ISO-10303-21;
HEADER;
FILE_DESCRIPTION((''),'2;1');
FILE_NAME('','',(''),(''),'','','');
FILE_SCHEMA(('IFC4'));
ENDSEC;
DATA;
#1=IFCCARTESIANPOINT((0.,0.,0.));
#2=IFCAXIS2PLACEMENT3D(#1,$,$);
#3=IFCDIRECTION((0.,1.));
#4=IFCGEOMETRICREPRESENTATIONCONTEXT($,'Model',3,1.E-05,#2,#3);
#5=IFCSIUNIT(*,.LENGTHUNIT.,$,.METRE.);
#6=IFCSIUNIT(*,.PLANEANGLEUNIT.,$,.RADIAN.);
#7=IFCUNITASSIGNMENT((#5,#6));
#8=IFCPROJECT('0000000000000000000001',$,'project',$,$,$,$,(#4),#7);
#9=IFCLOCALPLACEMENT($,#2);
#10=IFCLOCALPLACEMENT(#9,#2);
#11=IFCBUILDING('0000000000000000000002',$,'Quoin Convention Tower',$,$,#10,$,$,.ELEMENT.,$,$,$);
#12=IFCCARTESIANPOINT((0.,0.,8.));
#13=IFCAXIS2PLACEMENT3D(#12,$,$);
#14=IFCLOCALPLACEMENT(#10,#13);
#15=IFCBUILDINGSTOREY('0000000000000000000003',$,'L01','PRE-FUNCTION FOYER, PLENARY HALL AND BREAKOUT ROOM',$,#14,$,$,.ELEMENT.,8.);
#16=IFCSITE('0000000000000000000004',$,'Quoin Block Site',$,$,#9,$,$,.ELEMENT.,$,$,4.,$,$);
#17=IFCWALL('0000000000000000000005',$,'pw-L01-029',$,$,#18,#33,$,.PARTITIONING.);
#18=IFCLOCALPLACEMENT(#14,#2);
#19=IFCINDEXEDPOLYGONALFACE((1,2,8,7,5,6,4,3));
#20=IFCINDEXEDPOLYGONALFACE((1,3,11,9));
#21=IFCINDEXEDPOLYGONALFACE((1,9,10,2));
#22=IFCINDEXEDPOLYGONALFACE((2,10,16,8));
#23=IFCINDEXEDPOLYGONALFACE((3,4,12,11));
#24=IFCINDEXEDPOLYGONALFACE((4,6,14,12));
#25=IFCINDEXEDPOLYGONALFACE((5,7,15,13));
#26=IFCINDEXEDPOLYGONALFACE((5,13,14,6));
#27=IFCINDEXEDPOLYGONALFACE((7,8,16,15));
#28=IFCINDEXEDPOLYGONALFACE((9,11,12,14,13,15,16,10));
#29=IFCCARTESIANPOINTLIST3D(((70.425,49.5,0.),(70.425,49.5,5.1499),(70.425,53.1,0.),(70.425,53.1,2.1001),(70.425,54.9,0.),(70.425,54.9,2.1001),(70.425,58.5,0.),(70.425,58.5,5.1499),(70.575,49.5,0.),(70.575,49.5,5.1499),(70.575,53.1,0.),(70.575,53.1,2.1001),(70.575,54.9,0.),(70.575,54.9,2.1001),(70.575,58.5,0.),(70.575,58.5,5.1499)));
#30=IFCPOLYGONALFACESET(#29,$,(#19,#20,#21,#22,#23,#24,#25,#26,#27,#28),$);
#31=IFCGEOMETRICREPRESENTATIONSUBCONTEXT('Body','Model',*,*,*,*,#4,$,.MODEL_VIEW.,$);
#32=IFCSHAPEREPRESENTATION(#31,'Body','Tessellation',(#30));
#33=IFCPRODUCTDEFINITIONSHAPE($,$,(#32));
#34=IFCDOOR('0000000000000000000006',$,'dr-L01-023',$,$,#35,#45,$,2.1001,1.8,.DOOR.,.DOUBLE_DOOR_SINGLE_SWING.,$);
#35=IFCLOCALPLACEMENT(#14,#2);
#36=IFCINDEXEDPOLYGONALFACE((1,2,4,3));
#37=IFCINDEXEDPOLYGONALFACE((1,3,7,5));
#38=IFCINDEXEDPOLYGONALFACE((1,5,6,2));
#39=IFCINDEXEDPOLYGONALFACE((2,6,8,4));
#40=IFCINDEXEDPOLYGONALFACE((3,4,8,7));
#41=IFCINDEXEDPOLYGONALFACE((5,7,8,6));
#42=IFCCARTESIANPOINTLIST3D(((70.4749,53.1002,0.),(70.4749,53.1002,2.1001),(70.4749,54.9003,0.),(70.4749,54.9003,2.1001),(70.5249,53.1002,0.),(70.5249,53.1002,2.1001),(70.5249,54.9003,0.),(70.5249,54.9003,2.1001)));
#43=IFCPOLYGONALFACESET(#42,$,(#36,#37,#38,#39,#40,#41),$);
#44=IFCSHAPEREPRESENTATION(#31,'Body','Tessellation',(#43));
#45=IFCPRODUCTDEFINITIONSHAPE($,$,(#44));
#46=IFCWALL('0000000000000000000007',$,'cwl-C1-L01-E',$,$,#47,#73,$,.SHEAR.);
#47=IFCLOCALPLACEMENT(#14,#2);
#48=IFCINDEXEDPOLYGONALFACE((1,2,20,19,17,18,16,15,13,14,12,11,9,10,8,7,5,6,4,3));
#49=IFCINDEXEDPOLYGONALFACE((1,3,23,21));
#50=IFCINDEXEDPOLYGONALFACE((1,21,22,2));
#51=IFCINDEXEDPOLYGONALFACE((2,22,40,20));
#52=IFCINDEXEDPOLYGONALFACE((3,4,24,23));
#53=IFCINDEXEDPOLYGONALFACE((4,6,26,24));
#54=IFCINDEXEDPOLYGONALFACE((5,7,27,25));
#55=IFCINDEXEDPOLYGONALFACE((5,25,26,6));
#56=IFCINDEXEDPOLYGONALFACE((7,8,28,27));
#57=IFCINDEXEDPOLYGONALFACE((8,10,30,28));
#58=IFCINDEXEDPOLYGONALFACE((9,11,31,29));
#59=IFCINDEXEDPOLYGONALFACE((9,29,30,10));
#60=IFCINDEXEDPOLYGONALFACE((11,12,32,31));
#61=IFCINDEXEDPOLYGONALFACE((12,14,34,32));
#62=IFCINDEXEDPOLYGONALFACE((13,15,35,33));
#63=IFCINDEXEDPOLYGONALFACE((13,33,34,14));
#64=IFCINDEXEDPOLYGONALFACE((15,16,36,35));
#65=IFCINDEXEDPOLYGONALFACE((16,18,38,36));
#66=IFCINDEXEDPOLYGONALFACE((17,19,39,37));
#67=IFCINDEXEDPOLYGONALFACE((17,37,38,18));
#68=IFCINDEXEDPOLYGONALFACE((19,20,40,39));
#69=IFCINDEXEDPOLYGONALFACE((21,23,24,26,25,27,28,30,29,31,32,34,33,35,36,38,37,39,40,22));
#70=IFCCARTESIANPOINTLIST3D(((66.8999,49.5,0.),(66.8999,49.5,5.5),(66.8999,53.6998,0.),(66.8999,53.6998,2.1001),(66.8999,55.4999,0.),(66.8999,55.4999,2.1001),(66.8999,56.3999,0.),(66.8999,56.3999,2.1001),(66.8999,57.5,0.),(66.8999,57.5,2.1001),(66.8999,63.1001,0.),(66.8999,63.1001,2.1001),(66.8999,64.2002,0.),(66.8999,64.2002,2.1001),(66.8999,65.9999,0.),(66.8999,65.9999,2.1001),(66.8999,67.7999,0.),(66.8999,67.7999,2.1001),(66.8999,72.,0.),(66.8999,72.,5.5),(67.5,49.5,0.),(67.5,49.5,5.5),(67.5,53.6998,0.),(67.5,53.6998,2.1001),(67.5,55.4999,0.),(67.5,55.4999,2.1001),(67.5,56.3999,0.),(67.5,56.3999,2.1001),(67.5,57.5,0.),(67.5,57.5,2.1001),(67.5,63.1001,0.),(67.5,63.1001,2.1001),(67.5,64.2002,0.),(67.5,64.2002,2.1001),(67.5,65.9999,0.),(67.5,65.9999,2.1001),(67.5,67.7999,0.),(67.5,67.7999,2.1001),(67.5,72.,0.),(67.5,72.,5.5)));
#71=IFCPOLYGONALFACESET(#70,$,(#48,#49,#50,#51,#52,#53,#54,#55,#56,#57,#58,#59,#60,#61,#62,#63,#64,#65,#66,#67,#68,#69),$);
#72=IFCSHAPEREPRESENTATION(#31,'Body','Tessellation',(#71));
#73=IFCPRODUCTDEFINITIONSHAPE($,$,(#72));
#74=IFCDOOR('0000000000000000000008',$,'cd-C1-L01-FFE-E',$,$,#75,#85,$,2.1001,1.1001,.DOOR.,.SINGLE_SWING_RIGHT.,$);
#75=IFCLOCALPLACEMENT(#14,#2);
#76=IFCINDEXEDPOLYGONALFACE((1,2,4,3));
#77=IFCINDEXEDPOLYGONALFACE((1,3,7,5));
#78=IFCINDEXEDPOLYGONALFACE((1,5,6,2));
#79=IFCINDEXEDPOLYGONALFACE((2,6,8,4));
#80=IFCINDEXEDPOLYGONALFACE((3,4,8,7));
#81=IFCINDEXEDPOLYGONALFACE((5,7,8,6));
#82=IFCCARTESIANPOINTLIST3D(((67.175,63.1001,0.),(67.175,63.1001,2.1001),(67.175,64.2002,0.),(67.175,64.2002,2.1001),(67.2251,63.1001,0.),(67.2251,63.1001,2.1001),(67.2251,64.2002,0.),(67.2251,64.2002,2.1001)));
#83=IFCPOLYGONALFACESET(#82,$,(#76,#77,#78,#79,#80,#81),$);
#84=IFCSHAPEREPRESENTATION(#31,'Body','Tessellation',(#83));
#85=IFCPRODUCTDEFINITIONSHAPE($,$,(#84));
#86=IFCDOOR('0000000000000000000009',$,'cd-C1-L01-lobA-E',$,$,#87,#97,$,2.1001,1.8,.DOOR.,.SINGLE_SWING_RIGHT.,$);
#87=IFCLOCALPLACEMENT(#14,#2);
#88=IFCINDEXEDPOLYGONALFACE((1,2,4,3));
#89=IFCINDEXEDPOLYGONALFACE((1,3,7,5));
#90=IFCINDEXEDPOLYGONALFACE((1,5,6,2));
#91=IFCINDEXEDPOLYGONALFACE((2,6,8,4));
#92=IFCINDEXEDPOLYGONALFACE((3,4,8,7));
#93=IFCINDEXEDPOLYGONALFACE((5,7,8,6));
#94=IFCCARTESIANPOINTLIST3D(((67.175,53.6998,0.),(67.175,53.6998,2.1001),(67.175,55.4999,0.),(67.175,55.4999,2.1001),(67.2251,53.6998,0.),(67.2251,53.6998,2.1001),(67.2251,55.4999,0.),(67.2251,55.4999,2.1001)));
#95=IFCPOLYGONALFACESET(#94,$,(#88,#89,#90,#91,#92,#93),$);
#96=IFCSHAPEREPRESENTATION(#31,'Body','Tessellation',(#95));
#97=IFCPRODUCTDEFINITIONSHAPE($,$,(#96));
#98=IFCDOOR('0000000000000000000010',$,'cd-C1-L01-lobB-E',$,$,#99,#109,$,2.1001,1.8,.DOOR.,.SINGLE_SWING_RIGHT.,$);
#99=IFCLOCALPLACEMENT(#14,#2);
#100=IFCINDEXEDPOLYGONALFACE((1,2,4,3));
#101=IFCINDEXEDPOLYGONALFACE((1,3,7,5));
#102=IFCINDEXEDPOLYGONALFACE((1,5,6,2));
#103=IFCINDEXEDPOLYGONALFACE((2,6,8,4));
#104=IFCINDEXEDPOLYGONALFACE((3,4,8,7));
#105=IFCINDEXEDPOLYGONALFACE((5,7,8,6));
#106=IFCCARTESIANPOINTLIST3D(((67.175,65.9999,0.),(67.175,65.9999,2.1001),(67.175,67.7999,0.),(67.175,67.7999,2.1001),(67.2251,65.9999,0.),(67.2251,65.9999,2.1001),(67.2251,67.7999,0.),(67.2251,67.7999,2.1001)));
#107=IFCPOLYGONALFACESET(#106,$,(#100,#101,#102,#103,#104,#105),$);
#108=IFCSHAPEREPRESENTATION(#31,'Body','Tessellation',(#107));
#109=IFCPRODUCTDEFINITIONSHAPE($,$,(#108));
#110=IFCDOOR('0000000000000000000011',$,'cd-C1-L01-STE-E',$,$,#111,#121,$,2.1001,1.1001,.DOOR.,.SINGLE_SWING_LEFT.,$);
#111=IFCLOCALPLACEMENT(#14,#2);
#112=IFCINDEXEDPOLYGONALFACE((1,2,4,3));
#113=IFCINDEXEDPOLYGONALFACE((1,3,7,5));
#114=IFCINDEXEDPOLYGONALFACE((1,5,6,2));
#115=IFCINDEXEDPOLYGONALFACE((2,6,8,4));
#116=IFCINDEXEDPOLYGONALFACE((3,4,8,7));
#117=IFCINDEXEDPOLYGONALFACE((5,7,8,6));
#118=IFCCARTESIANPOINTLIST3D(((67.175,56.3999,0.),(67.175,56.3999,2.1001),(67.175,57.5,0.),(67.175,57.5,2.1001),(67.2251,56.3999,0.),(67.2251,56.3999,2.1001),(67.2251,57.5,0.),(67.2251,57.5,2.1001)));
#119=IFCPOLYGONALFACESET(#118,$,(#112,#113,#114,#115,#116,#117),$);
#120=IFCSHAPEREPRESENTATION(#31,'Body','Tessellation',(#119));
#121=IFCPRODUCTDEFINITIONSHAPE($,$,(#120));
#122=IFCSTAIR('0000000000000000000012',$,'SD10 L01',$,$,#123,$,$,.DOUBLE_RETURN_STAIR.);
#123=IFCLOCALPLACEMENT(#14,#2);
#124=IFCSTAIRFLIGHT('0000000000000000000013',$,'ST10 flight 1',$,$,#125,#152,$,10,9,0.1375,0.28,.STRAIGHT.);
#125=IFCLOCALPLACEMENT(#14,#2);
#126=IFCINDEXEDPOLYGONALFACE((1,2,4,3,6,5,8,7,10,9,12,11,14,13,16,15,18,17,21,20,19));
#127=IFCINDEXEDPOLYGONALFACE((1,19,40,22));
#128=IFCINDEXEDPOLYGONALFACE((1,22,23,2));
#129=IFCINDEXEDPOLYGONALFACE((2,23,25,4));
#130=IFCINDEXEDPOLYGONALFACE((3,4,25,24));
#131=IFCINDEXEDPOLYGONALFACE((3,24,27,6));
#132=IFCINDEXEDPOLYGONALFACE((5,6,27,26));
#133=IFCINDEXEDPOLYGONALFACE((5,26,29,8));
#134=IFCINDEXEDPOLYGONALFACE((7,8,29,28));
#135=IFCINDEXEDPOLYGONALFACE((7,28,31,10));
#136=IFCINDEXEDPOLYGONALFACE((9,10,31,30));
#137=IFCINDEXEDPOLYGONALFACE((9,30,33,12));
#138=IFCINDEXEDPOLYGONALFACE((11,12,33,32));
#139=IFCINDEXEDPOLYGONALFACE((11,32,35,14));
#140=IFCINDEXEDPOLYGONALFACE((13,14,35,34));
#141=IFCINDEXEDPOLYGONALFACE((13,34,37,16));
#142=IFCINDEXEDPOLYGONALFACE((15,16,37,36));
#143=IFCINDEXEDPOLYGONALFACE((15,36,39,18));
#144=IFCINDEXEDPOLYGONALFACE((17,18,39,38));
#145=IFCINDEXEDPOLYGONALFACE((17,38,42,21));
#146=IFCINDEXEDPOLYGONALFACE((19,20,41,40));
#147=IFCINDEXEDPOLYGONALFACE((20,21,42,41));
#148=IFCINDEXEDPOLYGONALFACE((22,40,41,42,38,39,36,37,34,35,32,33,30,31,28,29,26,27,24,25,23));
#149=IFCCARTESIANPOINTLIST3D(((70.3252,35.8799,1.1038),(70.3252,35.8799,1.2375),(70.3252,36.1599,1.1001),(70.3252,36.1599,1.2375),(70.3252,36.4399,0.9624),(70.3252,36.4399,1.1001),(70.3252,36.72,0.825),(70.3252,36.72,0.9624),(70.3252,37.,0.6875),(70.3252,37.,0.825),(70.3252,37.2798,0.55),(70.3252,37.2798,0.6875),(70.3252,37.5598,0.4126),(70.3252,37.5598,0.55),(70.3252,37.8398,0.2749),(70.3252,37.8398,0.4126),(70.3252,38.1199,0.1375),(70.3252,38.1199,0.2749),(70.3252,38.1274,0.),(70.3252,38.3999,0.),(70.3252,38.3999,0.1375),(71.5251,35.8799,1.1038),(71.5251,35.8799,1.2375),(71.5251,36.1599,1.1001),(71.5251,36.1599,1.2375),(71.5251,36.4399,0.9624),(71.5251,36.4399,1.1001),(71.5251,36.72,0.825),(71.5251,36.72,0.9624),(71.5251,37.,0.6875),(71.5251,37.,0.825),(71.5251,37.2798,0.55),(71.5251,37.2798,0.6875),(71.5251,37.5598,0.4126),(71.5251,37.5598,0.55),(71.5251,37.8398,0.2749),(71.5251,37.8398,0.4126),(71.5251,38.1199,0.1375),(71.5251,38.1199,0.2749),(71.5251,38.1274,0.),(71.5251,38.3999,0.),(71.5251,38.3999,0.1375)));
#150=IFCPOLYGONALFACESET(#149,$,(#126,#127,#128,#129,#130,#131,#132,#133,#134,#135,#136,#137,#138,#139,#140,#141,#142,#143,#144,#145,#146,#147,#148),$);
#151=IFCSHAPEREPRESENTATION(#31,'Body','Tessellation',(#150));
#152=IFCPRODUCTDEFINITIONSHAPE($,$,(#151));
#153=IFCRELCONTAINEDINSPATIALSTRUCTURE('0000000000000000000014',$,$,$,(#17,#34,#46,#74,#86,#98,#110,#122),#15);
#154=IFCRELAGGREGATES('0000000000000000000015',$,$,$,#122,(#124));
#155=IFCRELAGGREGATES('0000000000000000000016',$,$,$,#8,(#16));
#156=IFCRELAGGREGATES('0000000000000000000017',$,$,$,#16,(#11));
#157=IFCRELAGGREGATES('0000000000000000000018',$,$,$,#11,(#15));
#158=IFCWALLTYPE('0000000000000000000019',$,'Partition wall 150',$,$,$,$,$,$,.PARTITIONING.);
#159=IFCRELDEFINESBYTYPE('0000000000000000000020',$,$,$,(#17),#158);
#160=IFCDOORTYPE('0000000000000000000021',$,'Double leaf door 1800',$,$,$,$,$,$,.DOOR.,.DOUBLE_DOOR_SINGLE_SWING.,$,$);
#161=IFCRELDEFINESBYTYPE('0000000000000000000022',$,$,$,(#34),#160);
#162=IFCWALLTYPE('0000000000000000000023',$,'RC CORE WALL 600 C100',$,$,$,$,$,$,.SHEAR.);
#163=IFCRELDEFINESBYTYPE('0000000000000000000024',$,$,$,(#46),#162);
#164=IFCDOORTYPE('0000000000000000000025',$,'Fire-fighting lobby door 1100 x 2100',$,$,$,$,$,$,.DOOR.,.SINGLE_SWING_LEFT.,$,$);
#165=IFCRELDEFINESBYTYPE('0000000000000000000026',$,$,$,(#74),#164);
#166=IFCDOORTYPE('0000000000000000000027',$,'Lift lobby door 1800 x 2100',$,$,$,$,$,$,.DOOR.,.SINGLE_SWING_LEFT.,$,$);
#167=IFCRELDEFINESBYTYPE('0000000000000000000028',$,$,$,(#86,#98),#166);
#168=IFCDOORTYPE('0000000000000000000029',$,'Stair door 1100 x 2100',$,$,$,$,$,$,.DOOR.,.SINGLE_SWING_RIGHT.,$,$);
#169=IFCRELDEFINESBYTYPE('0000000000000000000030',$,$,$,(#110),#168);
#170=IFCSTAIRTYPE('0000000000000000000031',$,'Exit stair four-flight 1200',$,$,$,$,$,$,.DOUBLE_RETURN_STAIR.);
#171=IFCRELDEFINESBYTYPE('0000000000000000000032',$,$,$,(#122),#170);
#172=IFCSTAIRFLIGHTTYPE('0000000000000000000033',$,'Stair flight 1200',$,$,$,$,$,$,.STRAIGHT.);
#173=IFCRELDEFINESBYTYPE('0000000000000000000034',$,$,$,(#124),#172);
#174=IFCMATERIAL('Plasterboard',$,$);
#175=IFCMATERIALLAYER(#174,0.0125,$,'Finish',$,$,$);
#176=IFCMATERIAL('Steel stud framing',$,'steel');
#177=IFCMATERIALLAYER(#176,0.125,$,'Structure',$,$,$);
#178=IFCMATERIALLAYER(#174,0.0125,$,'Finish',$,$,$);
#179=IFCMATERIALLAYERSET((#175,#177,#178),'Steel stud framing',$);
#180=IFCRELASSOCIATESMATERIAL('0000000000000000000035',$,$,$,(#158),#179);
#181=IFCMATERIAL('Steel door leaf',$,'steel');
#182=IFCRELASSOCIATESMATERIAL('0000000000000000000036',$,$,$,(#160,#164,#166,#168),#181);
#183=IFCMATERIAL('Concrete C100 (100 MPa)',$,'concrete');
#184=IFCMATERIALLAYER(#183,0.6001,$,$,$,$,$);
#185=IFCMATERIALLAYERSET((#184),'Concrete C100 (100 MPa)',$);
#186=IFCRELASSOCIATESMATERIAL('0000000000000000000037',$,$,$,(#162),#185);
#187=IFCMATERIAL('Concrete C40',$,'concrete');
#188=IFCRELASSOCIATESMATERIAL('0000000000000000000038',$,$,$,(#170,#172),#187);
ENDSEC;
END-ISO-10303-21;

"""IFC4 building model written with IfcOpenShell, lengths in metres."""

from ifc_helpers import new_model, si_unit, direction, frame, frame_2d, origin, place, context, subcontext, project, spatial, polyline, rectangle, outline, extrude, material, layer, layer_set, type_object, element, fill, aggregate, save


model = new_model("IFC4")

# Units and contexts
model_context = context("Model", 3, precision=1e-05, world=origin(), true_north=direction((0.0, 1.0)))
body_context = subcontext(model_context, "Body", "Model", "MODEL_VIEW")
ifc_project = project(units=[si_unit("LENGTHUNIT", "METRE"), si_unit("PLANEANGLEUNIT", "RADIAN")], contexts=[model_context])

# Site, building, storey
site_placement = place(None, origin())
site = spatial("IfcSite", under=ifc_project, at=site_placement, Name="Quoin Block Site", CompositionType="ELEMENT", RefElevation=4.0)
building_placement = place(site_placement, origin())
building = spatial("IfcBuilding", under=site, at=building_placement, Name="Quoin Convention Tower", CompositionType="ELEMENT")
storey_placement = place(building_placement, frame((0.0, 0.0, 8.0)))
storey = spatial("IfcBuildingStorey", under=building, at=storey_placement, Name="L01", Description="PRE-FUNCTION FOYER, PLENARY HALL AND BREAKOUT ROOM", CompositionType="ELEMENT", Elevation=8.0)

# Shared definitions
ifc_material_1 = material(Name="Concrete C100 (100 MPa)", Category="concrete")

# Shared definitions
ifc_material_2 = material(Name="Plasterboard")
ifc_layer_1 = layer(ifc_material_2, 0.0125, Name="Finish")
ifc_material_3 = material(Name="Steel stud framing", Category="steel")
ifc_layer_2 = layer(ifc_material_3, 0.125, Name="Structure")
ifc_layer_3 = layer(ifc_material_2, 0.0125, Name="Finish")
ifc_layer_set_1 = layer_set([ifc_layer_1, ifc_layer_2, ifc_layer_3], Name="Steel stud framing")
wall_type_1 = type_object("IfcWallType", Name="Partition wall 150", PredefinedType="PARTITIONING", material=ifc_layer_set_1)

# Wall, opening, door
wall_1_placement = place(storey_placement, frame((70.5, 49.5, 0.0), z_axis=(0.0, 0.0, 1.0), x_axis=(0.0, 1.0, 0.0)))
wall_1 = element("IfcWall", 1, at=wall_1_placement, inside=storey, type_object=wall_type_1, Name="pw-L01-029", PredefinedType="PARTITIONING", context=body_context, shape_type="SweptSolid", body=[
    extrude(rectangle(XDim=9.0, YDim=0.1499, at=frame_2d((4.5, 0.0))), origin(), (0.0, 0.0, 1.0), 5.1499),
])
opening_1_placement = place(wall_1_placement, frame((3.6001, 0.0, 0.0)))
opening_1 = element("IfcOpeningElement", 2, at=opening_1_placement, cuts=wall_1, PredefinedType="OPENING", context=body_context, shape_type="SweptSolid", body=[
    extrude(rectangle(XDim=1.8, YDim=2.1001, at=frame_2d((0.8999, 1.05))), frame((0.0, 0.085, 0.0), z_axis=(0.0, -1.0, 0.0), x_axis=(1.0, 0.0, 0.0)), (0.0, 0.0, 1.0), 0.1699),
])
ifc_material_4 = material(Name="Steel door leaf", Category="steel")
door_type_1 = type_object("IfcDoorType", Name="Double leaf door 1800", OperationType="DOUBLE_DOOR_SINGLE_SWING", PredefinedType="DOOR", material=ifc_material_4)
door_1_placement = place(opening_1_placement, frame((1.8, 0.0, 0.0), z_axis=(0.0, 0.0, 1.0), x_axis=(-1.0, 0.0, 0.0)))
door_1 = element("IfcDoor", 3, at=door_1_placement, inside=storey, type_object=door_type_1, Name="dr-L01-023", OperationType="DOUBLE_DOOR_SINGLE_SWING", OverallHeight=2.1001, OverallWidth=1.8, PredefinedType="DOOR", context=body_context, shape_type="SweptSolid", body=[
    extrude(rectangle(XDim=1.8, YDim=2.1001, at=frame_2d((0.8999, 1.05))), frame((0.0, 0.0249, 0.0), z_axis=(0.0, -1.0, 0.0), x_axis=(1.0, 0.0, 0.0)), (0.0, 0.0, 1.0), 0.05),
])
fill(opening_1, door_1)

# Wall, openings, doors
ifc_layer_4 = layer(ifc_material_1, 0.6001)
ifc_layer_set_2 = layer_set([ifc_layer_4], Name="Concrete C100 (100 MPa)")
wall_type_2 = type_object("IfcWallType", Name="RC CORE WALL 600 C100", PredefinedType="SHEAR", material=ifc_layer_set_2)
wall_2_placement = place(storey_placement, frame((67.2, 49.5, 0.0), z_axis=(0.0, 0.0, 1.0), x_axis=(0.0, 1.0, 0.0)))
wall_2 = element("IfcWall", 4, at=wall_2_placement, inside=storey, type_object=wall_type_2, Name="cwl-C1-L01-E", PredefinedType="SHEAR", context=body_context, shape_type="SweptSolid", body=[
    extrude(rectangle(XDim=22.5, YDim=0.6001, at=frame_2d((11.25, 0.0))), origin(), (0.0, 0.0, 1.0), 5.5),
])
opening_2_placement = place(wall_2_placement, frame((4.2, 0.0, 0.0)))
opening_2 = element("IfcOpeningElement", 5, at=opening_2_placement, cuts=wall_2, PredefinedType="OPENING", context=body_context, shape_type="SweptSolid", body=[
    extrude(rectangle(XDim=1.8, YDim=2.1001, at=frame_2d((0.8999, 1.05))), frame((0.0, 0.3101, 0.0), z_axis=(0.0, -1.0, 0.0), x_axis=(1.0, 0.0, 0.0)), (0.0, 0.0, 1.0), 0.6201),
])
opening_3_placement = place(wall_2_placement, frame((6.8999, 0.0, 0.0)))
opening_3 = element("IfcOpeningElement", 6, at=opening_3_placement, cuts=wall_2, PredefinedType="OPENING", context=body_context, shape_type="SweptSolid", body=[
    extrude(rectangle(XDim=1.1001, YDim=2.1001, at=frame_2d((0.55, 1.05))), frame((0.0, 0.3101, 0.0), z_axis=(0.0, -1.0, 0.0), x_axis=(1.0, 0.0, 0.0)), (0.0, 0.0, 1.0), 0.6201),
])
opening_4_placement = place(wall_2_placement, frame((13.6001, 0.0, 0.0)))
opening_4 = element("IfcOpeningElement", 7, at=opening_4_placement, cuts=wall_2, PredefinedType="OPENING", context=body_context, shape_type="SweptSolid", body=[
    extrude(rectangle(XDim=1.1001, YDim=2.1001, at=frame_2d((0.55, 1.05))), frame((0.0, 0.3101, 0.0), z_axis=(0.0, -1.0, 0.0), x_axis=(1.0, 0.0, 0.0)), (0.0, 0.0, 1.0), 0.6201),
])
opening_5_placement = place(wall_2_placement, frame((16.5, 0.0, 0.0)))
opening_5 = element("IfcOpeningElement", 8, at=opening_5_placement, cuts=wall_2, PredefinedType="OPENING", context=body_context, shape_type="SweptSolid", body=[
    extrude(rectangle(XDim=1.8, YDim=2.1001, at=frame_2d((0.8999, 1.05))), frame((0.0, 0.3101, 0.0), z_axis=(0.0, -1.0, 0.0), x_axis=(1.0, 0.0, 0.0)), (0.0, 0.0, 1.0), 0.6201),
])
door_type_2 = type_object("IfcDoorType", Name="Fire-fighting lobby door 1100 x 2100", OperationType="SINGLE_SWING_LEFT", PredefinedType="DOOR", material=ifc_material_4)
door_2_placement = place(opening_4_placement, origin())
door_2 = element("IfcDoor", 9, at=door_2_placement, inside=storey, type_object=door_type_2, Name="cd-C1-L01-FFE-E", OperationType="SINGLE_SWING_RIGHT", OverallHeight=2.1001, OverallWidth=1.1001, PredefinedType="DOOR", context=body_context, shape_type="SweptSolid", body=[
    extrude(rectangle(XDim=1.1001, YDim=2.1001, at=frame_2d((0.55, 1.05))), frame((0.0, 0.0249, 0.0), z_axis=(0.0, -1.0, 0.0), x_axis=(1.0, 0.0, 0.0)), (0.0, 0.0, 1.0), 0.05),
])
fill(opening_4, door_2)
door_type_3 = type_object("IfcDoorType", Name="Lift lobby door 1800 x 2100", OperationType="SINGLE_SWING_LEFT", PredefinedType="DOOR", material=ifc_material_4)
door_3_placement = place(opening_2_placement, origin())
door_3 = element("IfcDoor", 10, at=door_3_placement, inside=storey, type_object=door_type_3, Name="cd-C1-L01-lobA-E", OperationType="SINGLE_SWING_RIGHT", OverallHeight=2.1001, OverallWidth=1.8, PredefinedType="DOOR", context=body_context, shape_type="SweptSolid", body=[
    extrude(rectangle(XDim=1.8, YDim=2.1001, at=frame_2d((0.8999, 1.05))), frame((0.0, 0.0249, 0.0), z_axis=(0.0, -1.0, 0.0), x_axis=(1.0, 0.0, 0.0)), (0.0, 0.0, 1.0), 0.05),
])
fill(opening_2, door_3)
door_4_placement = place(opening_5_placement, origin())
door_4 = element("IfcDoor", 11, at=door_4_placement, inside=storey, type_object=door_type_3, Name="cd-C1-L01-lobB-E", OperationType="SINGLE_SWING_RIGHT", OverallHeight=2.1001, OverallWidth=1.8, PredefinedType="DOOR", context=body_context, shape_type="SweptSolid", body=[
    extrude(rectangle(XDim=1.8, YDim=2.1001, at=frame_2d((0.8999, 1.05))), frame((0.0, 0.0249, 0.0), z_axis=(0.0, -1.0, 0.0), x_axis=(1.0, 0.0, 0.0)), (0.0, 0.0, 1.0), 0.05),
])
fill(opening_5, door_4)
door_type_4 = type_object("IfcDoorType", Name="Stair door 1100 x 2100", OperationType="SINGLE_SWING_RIGHT", PredefinedType="DOOR", material=ifc_material_4)
door_5_placement = place(opening_3_placement, origin())
door_5 = element("IfcDoor", 12, at=door_5_placement, inside=storey, type_object=door_type_4, Name="cd-C1-L01-STE-E", OperationType="SINGLE_SWING_LEFT", OverallHeight=2.1001, OverallWidth=1.1001, PredefinedType="DOOR", context=body_context, shape_type="SweptSolid", body=[
    extrude(rectangle(XDim=1.1001, YDim=2.1001, at=frame_2d((0.55, 1.05))), frame((0.0, 0.0249, 0.0), z_axis=(0.0, -1.0, 0.0), x_axis=(1.0, 0.0, 0.0)), (0.0, 0.0, 1.0), 0.05),
])
fill(opening_3, door_5)

# Stair, stair flight
ifc_material_5 = material(Name="Concrete C40", Category="concrete")
stair_type = type_object("IfcStairType", Name="Exit stair four-flight 1200", PredefinedType="DOUBLE_RETURN_STAIR", material=ifc_material_5)
stair_placement = place(storey_placement, origin())
stair = element("IfcStair", 13, at=stair_placement, inside=storey, type_object=stair_type, Name="SD10 L01", PredefinedType="DOUBLE_RETURN_STAIR")
stair_flight_type = type_object("IfcStairFlightType", Name="Stair flight 1200", PredefinedType="STRAIGHT", material=ifc_material_5)
stair_flight_1_placement = place(storey_placement, frame((70.925, 38.3999, 0.0), z_axis=(0.0, 0.0, 1.0), x_axis=(0.0, -1.0, 0.0)))
stair_flight_1 = element("IfcStairFlight", 14, at=stair_flight_1_placement, type_object=stair_flight_type, Name="ST10 flight 1", NumberOfRisers=10, NumberOfTreads=9, PredefinedType="STRAIGHT", RiserHeight=0.1375, TreadLength=0.28, context=body_context, shape_type="SweptSolid", body=[
    extrude(outline(polyline([(0.0, 0.0), (0.0, 0.1375), (0.28, 0.1375), (0.28, 0.2749), (0.5601, 0.2749), (0.5601, 0.4126), (0.8401, 0.4126), (0.8401, 0.55), (1.1201, 0.55), (1.1201, 0.6875), (1.3999, 0.6875), (1.3999, 0.825), (1.6799, 0.825), (1.6799, 0.9624), (1.96, 0.9624), (1.96, 1.1001), (2.24, 1.1001), (2.24, 1.2375), (2.52, 1.2375), (2.52, 1.375), (2.52, 1.1038), (0.2725, 0.0), (0.0, 0.0)])), frame((0.0, 0.6001, 0.0), z_axis=(0.0, -1.0, 0.0), x_axis=(1.0, 0.0, 0.0)), (0.0, 0.0, 1.0), 1.2),
])
aggregate(stair, [stair_flight_1])

save(model, "model.ifc")
